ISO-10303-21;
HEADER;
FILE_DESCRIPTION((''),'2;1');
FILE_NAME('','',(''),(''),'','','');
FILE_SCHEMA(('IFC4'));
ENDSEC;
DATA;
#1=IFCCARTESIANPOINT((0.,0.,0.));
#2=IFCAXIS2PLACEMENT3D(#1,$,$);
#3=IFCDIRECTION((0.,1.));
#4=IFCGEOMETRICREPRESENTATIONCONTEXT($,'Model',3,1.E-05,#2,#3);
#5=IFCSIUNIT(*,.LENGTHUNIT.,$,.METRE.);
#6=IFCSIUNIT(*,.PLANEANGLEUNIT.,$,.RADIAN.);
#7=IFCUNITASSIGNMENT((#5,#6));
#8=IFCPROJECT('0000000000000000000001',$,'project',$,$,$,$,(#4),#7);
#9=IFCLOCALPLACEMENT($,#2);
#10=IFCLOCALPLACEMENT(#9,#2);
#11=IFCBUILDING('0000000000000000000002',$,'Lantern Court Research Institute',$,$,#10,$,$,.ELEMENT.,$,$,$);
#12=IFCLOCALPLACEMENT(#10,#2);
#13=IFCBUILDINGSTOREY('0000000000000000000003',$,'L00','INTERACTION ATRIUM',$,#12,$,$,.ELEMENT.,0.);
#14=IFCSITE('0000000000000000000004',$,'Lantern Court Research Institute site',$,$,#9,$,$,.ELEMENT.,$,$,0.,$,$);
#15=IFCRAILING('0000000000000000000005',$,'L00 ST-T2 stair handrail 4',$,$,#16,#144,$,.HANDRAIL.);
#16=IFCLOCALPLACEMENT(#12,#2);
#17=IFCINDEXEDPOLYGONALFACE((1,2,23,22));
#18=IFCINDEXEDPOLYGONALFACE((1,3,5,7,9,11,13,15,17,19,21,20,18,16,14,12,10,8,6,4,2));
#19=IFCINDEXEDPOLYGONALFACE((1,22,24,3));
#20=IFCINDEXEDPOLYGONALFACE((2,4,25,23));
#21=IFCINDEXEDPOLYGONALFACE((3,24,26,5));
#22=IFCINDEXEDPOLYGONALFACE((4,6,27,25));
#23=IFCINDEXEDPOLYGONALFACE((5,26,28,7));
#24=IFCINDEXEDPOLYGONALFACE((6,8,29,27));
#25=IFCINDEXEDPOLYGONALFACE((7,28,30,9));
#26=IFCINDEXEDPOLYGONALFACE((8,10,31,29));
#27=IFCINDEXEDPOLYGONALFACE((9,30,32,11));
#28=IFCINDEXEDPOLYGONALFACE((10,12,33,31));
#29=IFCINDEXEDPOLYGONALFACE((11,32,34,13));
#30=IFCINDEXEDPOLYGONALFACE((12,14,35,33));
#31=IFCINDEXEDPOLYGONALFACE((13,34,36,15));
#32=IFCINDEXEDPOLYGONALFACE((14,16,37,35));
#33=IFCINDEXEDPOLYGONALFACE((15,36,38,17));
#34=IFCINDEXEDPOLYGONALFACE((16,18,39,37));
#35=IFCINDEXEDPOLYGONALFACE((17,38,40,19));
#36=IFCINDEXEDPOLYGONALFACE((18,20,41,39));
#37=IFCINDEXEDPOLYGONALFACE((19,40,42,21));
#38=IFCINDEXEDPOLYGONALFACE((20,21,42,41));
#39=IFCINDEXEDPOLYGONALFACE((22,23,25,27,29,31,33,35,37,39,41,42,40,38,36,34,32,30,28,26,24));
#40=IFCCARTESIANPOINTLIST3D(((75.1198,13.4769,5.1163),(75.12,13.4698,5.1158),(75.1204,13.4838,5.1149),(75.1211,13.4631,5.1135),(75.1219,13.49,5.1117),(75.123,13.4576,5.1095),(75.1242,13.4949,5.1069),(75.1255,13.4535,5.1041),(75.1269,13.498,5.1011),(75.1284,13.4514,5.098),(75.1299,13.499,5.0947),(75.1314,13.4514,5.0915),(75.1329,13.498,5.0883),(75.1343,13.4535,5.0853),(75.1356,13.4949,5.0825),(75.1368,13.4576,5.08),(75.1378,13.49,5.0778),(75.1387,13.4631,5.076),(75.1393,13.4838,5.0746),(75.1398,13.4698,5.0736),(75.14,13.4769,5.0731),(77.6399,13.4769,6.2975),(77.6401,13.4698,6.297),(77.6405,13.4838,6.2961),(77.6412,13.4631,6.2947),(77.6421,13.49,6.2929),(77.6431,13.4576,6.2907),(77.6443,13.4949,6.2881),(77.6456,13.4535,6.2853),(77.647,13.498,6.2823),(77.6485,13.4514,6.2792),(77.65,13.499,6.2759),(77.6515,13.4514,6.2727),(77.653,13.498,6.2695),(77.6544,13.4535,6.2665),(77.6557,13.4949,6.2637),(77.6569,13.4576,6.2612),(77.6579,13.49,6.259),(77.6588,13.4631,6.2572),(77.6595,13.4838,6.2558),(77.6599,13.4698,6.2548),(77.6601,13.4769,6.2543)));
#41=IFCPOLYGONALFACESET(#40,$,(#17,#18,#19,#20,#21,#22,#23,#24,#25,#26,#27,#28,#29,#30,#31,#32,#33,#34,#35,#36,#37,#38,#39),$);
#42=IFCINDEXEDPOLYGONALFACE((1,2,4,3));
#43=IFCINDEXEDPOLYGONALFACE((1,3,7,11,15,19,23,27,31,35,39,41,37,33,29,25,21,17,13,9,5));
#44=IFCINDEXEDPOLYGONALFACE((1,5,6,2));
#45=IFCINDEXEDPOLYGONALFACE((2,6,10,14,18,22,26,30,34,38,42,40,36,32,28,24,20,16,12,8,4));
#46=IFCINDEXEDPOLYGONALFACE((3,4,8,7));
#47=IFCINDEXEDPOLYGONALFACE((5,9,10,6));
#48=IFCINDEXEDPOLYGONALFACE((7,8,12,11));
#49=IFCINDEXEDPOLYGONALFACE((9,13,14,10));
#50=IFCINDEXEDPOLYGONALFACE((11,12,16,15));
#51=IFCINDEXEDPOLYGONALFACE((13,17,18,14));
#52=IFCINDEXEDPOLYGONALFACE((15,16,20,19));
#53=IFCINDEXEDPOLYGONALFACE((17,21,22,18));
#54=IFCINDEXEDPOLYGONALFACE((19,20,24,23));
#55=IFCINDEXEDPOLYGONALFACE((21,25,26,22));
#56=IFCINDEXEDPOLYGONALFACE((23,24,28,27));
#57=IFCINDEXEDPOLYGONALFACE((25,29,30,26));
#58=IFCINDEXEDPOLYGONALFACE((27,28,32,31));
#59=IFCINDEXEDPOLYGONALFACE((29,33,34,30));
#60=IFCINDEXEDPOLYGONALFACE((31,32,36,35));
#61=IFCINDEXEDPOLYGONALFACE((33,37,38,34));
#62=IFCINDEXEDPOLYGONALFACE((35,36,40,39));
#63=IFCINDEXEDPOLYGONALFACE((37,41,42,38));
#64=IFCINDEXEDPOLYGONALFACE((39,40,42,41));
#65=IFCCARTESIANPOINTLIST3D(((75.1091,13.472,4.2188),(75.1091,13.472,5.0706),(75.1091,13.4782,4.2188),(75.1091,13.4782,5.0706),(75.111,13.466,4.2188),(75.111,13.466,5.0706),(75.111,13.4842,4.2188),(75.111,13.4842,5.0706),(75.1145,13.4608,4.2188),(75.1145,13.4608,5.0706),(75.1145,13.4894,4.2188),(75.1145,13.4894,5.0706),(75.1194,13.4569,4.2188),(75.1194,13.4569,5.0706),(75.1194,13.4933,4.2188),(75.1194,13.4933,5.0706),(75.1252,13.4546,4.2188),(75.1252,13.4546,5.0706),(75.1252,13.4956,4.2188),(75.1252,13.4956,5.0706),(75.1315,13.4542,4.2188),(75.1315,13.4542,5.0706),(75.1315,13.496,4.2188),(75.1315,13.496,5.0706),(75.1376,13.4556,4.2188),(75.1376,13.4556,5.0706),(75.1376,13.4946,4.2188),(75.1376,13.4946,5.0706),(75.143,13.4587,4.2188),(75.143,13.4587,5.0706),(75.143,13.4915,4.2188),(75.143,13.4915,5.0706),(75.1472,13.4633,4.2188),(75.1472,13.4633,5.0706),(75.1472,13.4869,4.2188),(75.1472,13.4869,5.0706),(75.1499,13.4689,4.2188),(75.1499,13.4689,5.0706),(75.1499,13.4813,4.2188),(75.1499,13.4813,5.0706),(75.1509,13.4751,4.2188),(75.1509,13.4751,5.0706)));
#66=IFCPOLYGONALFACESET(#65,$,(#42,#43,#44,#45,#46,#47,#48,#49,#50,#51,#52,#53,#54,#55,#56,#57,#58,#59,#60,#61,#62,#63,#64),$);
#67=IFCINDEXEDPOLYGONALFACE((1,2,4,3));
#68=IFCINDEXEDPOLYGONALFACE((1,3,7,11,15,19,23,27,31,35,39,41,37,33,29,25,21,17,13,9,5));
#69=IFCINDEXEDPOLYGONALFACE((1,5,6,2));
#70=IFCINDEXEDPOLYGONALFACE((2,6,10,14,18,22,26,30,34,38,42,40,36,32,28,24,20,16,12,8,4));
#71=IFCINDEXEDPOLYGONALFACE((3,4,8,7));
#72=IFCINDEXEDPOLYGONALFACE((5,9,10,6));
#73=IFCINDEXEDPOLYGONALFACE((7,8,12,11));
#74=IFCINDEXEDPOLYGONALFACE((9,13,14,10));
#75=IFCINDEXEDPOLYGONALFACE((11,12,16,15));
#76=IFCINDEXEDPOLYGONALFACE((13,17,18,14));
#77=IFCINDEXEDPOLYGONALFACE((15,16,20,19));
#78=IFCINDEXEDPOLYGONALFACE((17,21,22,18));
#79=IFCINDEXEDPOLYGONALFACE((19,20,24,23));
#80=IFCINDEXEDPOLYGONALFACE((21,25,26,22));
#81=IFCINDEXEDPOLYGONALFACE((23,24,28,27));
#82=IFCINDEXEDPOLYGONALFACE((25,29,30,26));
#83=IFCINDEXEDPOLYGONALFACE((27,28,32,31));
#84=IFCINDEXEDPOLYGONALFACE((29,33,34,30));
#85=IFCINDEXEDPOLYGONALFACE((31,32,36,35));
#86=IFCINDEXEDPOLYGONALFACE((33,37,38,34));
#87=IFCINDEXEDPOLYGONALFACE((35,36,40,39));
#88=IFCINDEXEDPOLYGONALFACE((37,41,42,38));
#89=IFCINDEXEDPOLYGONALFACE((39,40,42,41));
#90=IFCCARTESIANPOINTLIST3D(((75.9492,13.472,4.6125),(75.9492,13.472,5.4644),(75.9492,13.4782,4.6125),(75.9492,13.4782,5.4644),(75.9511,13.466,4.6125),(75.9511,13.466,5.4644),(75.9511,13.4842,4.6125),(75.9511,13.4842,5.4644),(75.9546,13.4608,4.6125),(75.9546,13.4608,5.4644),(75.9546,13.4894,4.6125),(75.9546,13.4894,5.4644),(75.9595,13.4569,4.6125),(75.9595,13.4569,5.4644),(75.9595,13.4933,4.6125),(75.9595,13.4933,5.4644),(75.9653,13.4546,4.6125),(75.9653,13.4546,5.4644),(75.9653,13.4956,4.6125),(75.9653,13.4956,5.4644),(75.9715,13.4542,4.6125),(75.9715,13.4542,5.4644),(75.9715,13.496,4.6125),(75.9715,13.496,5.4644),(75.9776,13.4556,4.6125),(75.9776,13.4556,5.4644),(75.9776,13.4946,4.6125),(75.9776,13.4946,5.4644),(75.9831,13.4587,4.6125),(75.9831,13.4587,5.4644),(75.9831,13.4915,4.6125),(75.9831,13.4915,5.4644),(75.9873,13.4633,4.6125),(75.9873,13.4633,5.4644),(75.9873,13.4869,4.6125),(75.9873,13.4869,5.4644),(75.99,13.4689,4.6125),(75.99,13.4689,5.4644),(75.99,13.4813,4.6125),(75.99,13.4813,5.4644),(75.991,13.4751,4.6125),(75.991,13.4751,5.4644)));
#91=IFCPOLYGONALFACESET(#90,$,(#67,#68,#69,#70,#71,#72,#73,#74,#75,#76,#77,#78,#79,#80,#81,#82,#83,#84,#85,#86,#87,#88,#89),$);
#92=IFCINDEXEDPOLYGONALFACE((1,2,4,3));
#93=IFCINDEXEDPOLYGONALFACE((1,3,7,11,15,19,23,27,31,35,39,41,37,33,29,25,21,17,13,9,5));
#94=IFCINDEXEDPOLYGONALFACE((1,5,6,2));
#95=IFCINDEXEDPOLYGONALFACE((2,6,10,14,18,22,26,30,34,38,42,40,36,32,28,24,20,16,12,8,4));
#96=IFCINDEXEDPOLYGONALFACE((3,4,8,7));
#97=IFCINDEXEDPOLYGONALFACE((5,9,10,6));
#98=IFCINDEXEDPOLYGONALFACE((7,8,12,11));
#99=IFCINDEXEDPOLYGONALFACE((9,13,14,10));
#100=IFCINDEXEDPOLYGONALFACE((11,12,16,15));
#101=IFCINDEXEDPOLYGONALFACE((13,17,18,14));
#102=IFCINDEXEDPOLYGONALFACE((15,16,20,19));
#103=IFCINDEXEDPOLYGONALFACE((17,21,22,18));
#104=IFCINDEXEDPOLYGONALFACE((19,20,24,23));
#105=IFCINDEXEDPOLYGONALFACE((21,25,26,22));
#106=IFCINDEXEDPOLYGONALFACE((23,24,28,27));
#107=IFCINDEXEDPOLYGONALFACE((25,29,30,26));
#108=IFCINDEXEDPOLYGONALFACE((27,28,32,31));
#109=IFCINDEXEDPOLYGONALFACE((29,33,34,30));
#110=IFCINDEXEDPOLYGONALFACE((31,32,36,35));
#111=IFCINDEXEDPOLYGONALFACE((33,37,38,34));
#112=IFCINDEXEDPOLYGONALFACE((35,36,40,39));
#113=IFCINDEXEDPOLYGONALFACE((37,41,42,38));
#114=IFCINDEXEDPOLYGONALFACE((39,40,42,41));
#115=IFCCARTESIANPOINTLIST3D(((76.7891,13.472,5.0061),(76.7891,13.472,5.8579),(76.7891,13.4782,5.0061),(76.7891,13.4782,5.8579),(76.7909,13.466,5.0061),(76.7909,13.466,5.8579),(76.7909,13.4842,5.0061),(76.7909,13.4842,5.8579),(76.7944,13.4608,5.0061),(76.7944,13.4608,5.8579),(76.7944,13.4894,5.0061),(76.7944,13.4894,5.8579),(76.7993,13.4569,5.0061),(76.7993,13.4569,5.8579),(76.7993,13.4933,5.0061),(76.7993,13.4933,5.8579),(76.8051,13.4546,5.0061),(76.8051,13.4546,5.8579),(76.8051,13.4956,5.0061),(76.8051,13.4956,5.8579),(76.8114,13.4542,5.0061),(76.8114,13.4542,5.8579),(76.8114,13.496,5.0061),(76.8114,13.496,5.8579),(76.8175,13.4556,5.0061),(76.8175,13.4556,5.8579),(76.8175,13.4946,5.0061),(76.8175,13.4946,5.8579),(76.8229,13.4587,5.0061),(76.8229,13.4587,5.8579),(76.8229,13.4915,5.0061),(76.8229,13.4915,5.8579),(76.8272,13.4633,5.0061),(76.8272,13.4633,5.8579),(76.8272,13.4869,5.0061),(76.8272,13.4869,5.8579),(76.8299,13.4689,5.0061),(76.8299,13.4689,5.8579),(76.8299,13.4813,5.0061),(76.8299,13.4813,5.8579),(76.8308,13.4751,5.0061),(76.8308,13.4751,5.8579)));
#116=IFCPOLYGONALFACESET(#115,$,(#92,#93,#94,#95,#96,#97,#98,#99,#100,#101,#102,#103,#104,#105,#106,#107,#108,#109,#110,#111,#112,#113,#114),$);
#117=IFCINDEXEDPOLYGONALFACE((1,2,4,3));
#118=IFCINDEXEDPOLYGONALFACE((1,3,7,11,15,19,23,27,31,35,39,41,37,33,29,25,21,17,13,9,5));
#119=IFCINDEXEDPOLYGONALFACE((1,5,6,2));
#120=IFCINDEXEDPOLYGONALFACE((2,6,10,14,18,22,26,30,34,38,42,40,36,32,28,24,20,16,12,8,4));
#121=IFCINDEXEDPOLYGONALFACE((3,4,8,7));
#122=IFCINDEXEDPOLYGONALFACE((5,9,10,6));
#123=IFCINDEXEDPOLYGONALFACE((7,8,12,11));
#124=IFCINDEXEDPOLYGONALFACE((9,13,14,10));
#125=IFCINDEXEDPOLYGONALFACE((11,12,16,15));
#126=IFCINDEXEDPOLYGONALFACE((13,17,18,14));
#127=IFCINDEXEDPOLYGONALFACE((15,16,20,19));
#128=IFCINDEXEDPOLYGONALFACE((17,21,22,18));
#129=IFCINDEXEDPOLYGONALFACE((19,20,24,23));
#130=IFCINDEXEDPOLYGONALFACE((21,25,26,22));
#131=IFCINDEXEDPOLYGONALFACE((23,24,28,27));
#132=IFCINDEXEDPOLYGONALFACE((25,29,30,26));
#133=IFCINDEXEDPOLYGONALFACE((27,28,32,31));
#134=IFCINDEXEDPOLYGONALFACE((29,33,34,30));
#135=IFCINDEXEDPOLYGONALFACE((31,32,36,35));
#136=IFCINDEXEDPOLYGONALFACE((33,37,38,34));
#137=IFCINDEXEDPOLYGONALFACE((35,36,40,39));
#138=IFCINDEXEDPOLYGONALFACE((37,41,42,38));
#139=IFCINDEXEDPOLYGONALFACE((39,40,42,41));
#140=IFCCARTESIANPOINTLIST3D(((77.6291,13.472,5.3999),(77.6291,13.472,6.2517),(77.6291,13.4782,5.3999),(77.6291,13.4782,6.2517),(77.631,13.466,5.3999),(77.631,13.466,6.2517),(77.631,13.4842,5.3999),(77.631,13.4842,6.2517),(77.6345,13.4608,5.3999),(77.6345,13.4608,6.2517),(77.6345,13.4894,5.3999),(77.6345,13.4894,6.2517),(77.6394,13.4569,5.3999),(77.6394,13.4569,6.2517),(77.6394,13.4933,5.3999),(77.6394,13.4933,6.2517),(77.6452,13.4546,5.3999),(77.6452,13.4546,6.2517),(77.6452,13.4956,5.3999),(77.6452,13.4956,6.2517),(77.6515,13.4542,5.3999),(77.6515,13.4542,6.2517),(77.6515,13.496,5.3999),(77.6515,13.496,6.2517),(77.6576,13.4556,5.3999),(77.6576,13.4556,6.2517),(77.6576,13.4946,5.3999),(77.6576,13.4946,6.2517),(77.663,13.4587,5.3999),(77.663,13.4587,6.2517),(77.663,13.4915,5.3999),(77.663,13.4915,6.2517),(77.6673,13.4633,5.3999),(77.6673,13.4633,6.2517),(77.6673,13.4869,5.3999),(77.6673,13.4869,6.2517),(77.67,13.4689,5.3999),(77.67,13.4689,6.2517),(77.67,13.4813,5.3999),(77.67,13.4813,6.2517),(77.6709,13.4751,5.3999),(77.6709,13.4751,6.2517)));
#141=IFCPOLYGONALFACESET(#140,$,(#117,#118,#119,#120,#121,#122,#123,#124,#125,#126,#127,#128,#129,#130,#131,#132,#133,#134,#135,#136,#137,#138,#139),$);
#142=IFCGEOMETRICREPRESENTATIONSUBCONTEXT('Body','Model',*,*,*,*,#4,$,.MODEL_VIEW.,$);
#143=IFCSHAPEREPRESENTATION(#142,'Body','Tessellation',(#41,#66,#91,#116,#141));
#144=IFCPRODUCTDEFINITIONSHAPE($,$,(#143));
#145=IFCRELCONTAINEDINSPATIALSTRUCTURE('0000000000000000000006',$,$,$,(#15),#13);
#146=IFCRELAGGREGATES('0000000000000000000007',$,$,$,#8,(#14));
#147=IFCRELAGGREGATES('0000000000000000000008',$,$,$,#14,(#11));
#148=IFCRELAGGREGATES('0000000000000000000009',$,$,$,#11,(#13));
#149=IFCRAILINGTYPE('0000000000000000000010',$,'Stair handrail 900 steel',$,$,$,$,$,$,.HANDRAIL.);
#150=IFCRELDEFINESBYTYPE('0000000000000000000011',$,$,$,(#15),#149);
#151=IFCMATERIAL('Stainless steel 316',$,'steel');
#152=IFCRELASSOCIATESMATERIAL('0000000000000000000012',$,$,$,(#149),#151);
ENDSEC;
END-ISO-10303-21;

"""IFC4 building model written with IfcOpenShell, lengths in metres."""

from ifc_helpers import new_model, si_unit, direction, frame, origin, origin_2d, place, context, subcontext, project, spatial, circle, extrude, material, type_object, element, save


model = new_model("IFC4")

# Units and contexts
model_context = context("Model", 3, precision=1e-05, world=origin(), true_north=direction((0.0, 1.0)))
body_context = subcontext(model_context, "Body", "Model", "MODEL_VIEW")
ifc_project = project(units=[si_unit("LENGTHUNIT", "METRE"), si_unit("PLANEANGLEUNIT", "RADIAN")], contexts=[model_context])

# Site, building, storey
site_placement = place(None, origin())
site = spatial("IfcSite", under=ifc_project, at=site_placement, Name="Lantern Court Research Institute site", CompositionType="ELEMENT", RefElevation=0.0)
building_placement = place(site_placement, origin())
building = spatial("IfcBuilding", under=site, at=building_placement, Name="Lantern Court Research Institute", CompositionType="ELEMENT")
storey_placement = place(building_placement, origin())
storey = spatial("IfcBuildingStorey", under=building, at=storey_placement, Name="L00", Description="INTERACTION ATRIUM", CompositionType="ELEMENT", Elevation=0.0)

# Railing
ifc_material_1 = material(Name="Stainless steel 316", Category="steel")
railing_type_1 = type_object("IfcRailingType", Name="Stair handrail 900 steel", PredefinedType="HANDRAIL", material=ifc_material_1)
railing_1_placement = place(storey_placement, frame((75.1299, 13.4751, 4.2188)))
element("IfcRailing", 1, at=railing_1_placement, inside=storey, type_object=railing_type_1, Name="L00 ST-T2 stair handrail 4", PredefinedType="HANDRAIL", context=body_context, shape_type="SweptSolid", body=[
    extrude(circle(Radius=0.0239, at=origin_2d()), frame((0.0, 0.0, 0.876), z_axis=(0.905474, 0.0, 0.424402), x_axis=(0.0, 1.0, 0.0)), (0.0, 0.0, 1.0), 2.7832),
    extrude(circle(Radius=0.021, at=origin_2d()), origin(), (0.0, 0.0, 1.0), 0.8518),
    extrude(circle(Radius=0.021, at=origin_2d()), frame((0.8401, 0.0, 0.3938)), (0.0, 0.0, 1.0), 0.8518),
    extrude(circle(Radius=0.021, at=origin_2d()), frame((1.6799, 0.0, 0.7874)), (0.0, 0.0, 1.0), 0.8518),
    extrude(circle(Radius=0.021, at=origin_2d()), frame((2.52, 0.0, 1.1812)), (0.0, 0.0, 1.0), 0.8518),
])

save(model, "model.ifc")
